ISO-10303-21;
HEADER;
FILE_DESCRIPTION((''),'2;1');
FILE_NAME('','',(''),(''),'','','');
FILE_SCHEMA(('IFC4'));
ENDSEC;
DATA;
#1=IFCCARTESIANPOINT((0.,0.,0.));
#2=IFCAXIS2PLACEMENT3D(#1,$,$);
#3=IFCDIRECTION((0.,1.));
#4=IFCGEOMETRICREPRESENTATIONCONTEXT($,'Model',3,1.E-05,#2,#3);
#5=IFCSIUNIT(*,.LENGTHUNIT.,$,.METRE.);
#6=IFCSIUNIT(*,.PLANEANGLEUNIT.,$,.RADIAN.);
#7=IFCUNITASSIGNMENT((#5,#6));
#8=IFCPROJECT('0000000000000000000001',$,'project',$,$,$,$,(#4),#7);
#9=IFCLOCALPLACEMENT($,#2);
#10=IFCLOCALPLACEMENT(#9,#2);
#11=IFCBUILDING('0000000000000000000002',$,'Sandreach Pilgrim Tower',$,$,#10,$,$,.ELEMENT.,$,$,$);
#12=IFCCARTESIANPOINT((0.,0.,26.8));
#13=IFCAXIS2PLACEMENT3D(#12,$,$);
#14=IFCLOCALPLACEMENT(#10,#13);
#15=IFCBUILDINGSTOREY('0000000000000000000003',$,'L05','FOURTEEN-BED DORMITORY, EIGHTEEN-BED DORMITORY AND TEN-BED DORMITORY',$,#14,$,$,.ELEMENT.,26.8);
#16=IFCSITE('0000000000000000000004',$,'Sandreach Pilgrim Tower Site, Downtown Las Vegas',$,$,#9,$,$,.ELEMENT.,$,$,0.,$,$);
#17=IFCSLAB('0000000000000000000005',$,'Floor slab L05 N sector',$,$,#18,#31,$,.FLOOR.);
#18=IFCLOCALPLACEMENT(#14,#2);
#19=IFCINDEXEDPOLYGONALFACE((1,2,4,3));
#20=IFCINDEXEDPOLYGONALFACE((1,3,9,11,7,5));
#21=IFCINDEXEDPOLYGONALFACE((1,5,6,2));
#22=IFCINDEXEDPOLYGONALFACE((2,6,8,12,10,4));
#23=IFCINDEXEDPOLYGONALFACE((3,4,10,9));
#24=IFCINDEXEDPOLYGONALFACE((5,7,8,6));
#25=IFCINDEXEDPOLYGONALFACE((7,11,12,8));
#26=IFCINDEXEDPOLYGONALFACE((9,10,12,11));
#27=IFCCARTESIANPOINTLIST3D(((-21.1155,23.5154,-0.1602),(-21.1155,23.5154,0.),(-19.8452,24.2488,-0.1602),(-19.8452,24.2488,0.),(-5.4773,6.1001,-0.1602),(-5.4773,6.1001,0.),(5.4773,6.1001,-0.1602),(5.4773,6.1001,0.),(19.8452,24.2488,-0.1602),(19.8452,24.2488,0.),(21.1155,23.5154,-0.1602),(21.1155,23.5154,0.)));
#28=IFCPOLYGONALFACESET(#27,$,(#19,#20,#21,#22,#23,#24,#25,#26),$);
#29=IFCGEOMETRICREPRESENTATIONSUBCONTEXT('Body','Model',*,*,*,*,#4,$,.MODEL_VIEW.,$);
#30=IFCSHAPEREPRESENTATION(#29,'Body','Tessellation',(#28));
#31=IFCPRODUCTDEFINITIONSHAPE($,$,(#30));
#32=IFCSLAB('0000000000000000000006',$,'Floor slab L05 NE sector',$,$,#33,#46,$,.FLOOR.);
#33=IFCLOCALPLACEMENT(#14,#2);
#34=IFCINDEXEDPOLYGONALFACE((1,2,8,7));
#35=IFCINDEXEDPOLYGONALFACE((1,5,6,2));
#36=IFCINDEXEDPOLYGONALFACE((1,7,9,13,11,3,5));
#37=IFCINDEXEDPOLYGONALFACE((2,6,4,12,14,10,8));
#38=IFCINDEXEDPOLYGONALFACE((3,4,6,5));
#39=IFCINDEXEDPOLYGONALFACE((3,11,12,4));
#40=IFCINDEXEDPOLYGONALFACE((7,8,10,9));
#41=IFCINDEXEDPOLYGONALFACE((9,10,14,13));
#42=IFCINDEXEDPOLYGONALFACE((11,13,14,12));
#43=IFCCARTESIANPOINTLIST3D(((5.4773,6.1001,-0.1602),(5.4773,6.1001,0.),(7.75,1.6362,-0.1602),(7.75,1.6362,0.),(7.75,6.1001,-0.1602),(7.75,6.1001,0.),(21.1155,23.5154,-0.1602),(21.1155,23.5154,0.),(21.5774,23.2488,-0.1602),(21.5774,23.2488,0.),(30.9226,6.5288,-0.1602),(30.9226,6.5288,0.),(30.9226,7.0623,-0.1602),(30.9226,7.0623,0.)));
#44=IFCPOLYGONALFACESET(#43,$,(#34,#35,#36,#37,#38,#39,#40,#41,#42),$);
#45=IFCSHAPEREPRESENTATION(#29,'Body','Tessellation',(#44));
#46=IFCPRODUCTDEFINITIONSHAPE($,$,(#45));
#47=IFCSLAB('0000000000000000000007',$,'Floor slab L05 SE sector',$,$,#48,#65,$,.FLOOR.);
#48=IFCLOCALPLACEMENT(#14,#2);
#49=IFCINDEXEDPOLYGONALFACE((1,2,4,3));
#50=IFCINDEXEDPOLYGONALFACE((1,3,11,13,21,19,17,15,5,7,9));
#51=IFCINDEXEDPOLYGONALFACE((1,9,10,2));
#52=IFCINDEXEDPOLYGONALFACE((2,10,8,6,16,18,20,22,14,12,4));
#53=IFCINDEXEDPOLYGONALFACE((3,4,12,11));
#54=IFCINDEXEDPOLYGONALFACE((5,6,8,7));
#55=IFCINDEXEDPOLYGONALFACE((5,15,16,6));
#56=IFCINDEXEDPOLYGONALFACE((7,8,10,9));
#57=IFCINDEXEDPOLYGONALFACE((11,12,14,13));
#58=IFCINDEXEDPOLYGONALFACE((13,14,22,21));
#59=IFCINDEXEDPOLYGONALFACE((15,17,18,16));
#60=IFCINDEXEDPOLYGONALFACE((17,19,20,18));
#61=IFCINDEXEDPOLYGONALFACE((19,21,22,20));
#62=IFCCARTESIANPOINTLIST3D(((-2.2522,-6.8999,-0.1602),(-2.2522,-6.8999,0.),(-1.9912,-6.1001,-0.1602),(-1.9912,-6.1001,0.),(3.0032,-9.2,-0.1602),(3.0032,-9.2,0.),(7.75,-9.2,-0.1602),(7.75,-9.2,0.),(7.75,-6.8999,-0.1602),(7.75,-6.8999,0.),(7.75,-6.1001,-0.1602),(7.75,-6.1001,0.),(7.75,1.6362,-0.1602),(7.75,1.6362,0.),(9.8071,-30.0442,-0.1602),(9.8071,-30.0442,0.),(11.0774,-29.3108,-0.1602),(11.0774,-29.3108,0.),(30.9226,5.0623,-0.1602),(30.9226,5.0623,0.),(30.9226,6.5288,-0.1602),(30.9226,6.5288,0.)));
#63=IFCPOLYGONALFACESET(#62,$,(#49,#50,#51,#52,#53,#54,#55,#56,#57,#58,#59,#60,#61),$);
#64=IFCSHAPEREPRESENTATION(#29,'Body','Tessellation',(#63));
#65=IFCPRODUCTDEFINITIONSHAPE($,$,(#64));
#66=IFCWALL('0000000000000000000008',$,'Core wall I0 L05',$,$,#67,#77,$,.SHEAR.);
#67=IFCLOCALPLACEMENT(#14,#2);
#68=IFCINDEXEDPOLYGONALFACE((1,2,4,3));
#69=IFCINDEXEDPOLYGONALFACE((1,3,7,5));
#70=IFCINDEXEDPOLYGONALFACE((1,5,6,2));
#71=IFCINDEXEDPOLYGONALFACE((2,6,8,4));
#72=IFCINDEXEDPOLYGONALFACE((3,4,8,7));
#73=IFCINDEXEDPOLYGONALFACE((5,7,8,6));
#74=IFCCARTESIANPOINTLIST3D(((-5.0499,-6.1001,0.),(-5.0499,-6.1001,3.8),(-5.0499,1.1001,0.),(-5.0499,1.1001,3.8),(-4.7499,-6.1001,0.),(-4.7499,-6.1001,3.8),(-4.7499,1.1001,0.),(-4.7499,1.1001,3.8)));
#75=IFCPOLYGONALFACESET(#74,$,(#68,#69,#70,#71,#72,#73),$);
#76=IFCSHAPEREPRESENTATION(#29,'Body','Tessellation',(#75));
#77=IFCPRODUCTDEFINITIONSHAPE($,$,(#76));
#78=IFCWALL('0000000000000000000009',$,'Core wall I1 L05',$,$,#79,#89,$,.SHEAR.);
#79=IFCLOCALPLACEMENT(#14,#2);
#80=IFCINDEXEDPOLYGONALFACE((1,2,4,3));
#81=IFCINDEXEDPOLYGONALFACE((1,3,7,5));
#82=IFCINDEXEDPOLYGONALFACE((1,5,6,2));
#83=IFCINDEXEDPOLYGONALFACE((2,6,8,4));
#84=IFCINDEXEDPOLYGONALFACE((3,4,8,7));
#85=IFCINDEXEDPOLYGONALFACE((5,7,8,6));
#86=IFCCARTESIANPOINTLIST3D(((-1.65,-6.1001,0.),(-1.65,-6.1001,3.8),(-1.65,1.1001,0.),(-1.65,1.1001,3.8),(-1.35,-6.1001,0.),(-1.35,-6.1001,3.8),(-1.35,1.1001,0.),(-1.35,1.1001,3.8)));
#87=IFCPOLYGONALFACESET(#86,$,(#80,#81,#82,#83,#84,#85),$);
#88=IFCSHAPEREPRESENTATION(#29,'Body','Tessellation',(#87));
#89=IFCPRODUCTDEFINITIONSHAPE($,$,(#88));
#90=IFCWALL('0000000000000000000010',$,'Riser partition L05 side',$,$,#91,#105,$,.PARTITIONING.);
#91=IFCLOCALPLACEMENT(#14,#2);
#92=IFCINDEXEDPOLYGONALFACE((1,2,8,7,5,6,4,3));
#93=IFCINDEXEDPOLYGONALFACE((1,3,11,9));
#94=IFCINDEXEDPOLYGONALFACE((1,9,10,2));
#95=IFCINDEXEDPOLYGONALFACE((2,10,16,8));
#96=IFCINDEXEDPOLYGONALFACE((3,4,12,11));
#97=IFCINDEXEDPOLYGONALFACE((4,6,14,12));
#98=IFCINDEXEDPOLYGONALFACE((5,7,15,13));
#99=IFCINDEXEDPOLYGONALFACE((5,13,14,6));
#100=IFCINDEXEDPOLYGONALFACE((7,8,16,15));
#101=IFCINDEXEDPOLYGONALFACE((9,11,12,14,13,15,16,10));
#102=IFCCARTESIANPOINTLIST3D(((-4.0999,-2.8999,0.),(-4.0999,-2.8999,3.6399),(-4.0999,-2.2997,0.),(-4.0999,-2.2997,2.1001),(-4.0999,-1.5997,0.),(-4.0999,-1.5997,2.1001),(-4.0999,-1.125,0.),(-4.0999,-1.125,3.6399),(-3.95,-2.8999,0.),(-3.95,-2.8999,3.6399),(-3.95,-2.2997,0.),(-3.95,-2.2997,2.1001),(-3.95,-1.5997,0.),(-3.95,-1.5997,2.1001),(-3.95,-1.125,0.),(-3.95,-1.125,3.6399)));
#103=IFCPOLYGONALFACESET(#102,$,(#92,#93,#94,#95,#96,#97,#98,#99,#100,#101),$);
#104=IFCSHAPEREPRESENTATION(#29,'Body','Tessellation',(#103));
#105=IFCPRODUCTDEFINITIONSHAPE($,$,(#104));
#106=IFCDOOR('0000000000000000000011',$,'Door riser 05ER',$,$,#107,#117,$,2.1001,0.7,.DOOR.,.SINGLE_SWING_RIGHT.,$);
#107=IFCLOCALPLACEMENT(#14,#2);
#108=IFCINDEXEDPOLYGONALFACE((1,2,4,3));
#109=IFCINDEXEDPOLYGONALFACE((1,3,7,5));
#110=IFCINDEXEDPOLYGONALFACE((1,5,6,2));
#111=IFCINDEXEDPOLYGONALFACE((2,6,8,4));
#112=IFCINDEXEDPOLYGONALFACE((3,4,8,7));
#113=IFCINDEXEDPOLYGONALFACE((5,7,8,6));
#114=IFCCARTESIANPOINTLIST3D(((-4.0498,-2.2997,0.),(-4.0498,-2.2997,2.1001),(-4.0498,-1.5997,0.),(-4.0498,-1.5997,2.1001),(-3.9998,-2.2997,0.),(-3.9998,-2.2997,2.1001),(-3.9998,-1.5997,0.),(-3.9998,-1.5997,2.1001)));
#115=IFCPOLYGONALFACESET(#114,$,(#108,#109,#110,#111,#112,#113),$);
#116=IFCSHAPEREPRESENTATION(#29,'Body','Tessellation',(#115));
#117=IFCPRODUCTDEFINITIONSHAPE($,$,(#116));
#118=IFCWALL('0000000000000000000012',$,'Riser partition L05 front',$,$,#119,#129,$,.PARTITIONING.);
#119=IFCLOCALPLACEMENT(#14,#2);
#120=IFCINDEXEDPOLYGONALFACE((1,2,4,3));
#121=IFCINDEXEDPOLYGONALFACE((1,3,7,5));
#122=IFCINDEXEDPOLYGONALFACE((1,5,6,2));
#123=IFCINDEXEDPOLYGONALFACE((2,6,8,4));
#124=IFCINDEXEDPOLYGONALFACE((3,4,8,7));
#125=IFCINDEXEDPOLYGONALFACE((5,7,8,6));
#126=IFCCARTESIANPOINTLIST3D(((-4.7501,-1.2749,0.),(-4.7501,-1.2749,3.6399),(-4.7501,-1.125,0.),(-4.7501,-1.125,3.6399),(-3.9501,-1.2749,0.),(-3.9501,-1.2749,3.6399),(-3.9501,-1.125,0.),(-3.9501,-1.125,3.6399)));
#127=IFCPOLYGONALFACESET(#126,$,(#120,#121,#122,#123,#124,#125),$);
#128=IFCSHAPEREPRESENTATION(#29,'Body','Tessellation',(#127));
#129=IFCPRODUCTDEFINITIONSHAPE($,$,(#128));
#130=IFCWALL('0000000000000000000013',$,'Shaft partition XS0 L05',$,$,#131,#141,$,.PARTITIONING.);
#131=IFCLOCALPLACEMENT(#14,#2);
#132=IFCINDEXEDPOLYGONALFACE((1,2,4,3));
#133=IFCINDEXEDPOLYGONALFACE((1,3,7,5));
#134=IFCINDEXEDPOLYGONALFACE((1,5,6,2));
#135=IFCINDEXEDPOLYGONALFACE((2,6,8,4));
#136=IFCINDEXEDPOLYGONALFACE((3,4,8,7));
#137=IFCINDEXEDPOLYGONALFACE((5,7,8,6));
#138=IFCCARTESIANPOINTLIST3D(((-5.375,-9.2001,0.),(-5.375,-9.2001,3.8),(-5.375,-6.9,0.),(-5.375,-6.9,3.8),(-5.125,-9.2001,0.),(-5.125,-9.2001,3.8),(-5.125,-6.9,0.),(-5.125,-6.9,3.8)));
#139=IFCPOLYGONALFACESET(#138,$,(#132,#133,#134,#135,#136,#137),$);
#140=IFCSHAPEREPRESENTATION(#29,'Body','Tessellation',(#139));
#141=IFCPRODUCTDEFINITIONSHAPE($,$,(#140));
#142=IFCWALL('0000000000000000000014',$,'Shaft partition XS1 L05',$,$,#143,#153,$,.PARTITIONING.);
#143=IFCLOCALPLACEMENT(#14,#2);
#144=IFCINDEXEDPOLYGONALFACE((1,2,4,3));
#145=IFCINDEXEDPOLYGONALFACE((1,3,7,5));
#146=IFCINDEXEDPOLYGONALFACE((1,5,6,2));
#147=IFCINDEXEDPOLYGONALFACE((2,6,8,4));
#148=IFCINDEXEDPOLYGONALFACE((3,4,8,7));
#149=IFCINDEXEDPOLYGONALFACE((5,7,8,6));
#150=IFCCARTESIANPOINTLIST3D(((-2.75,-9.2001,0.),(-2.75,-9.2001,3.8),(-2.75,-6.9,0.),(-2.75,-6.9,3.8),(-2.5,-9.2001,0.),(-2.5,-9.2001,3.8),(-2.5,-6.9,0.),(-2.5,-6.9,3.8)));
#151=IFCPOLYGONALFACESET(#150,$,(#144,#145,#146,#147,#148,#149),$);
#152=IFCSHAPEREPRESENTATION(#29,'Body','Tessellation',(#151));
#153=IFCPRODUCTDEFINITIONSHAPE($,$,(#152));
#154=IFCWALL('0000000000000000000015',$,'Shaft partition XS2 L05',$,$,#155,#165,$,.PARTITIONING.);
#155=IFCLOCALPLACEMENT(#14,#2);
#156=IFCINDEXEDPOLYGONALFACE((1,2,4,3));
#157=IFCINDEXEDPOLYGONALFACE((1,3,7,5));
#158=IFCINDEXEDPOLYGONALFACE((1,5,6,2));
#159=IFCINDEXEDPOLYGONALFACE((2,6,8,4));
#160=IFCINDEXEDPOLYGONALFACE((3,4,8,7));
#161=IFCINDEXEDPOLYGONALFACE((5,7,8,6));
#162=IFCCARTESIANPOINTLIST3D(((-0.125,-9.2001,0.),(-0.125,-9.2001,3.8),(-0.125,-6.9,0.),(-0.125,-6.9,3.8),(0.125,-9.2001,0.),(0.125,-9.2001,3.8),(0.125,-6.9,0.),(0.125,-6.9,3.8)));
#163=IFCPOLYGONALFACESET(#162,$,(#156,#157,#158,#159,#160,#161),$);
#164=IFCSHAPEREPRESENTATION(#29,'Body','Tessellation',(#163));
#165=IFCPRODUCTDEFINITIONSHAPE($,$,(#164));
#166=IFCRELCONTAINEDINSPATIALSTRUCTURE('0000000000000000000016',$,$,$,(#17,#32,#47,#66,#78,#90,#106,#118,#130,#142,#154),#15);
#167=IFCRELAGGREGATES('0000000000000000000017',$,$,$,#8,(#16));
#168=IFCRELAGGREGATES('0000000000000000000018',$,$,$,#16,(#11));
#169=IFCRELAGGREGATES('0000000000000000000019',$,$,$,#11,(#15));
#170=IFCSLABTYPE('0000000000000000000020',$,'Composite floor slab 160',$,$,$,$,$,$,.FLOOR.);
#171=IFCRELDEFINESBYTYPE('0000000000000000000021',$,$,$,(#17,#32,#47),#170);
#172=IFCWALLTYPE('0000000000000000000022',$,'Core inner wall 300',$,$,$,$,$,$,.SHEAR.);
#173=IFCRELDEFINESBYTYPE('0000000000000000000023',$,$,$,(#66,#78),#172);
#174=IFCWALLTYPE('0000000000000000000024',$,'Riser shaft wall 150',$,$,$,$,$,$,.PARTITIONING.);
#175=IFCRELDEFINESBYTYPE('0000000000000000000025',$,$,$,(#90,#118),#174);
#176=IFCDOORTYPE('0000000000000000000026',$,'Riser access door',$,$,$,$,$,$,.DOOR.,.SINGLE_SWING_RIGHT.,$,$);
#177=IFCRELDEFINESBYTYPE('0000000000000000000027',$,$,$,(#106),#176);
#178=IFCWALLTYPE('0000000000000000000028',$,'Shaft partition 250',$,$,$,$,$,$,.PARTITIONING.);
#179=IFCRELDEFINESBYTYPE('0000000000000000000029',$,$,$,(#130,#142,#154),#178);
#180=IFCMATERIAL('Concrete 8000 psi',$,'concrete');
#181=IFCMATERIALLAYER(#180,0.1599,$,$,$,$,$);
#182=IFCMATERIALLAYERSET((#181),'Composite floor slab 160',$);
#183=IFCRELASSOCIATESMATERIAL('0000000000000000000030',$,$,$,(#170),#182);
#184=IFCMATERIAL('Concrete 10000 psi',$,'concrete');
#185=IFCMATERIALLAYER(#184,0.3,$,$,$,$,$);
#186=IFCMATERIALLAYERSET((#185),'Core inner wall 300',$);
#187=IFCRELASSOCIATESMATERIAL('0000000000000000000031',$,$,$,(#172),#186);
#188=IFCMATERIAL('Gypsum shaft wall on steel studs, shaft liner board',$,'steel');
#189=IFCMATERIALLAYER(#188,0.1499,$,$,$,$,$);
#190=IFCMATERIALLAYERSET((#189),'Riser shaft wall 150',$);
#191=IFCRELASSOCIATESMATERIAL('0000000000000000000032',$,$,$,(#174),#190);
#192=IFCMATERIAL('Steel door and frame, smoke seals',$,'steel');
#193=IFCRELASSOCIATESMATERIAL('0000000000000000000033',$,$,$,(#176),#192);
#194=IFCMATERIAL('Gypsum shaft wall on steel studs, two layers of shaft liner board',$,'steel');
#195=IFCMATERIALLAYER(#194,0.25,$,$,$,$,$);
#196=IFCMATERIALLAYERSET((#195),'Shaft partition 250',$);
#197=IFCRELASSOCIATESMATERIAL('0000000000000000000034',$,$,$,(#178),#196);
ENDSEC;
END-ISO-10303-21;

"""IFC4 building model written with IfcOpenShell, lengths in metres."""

from ifc_helpers import new_model, si_unit, direction, frame, frame_2d, origin, place, context, subcontext, project, spatial, polyline, rectangle, outline, extrude, material, layer, layer_set, type_object, element, fill, save


model = new_model("IFC4")

# Units and contexts
model_context = context("Model", 3, precision=1e-05, world=origin(), true_north=direction((0.0, 1.0)))
body_context = subcontext(model_context, "Body", "Model", "MODEL_VIEW")
ifc_project = project(units=[si_unit("LENGTHUNIT", "METRE"), si_unit("PLANEANGLEUNIT", "RADIAN")], contexts=[model_context])

# Site, building, storey
site_placement = place(None, origin())
site = spatial("IfcSite", under=ifc_project, at=site_placement, Name="Sandreach Pilgrim Tower Site, Downtown Las Vegas", CompositionType="ELEMENT", RefElevation=0.0)
building_placement = place(site_placement, origin())
building = spatial("IfcBuilding", under=site, at=building_placement, Name="Sandreach Pilgrim Tower", CompositionType="ELEMENT")
storey_placement = place(building_placement, frame((0.0, 0.0, 26.8)))
storey = spatial("IfcBuildingStorey", under=building, at=storey_placement, Name="L05", Description="FOURTEEN-BED DORMITORY, EIGHTEEN-BED DORMITORY AND TEN-BED DORMITORY", CompositionType="ELEMENT", Elevation=26.8)

# Slabs
ifc_material_1 = material(Name="Concrete 8000 psi", Category="concrete")
ifc_layer_1 = layer(ifc_material_1, 0.1599)
ifc_layer_set_1 = layer_set([ifc_layer_1], Name="Composite floor slab 160")
slab_type = type_object("IfcSlabType", Name="Composite floor slab 160", PredefinedType="FLOOR", material=ifc_layer_set_1)
slab_1_placement = place(storey_placement, frame((0.0, 0.0, -0.1602)))
element("IfcSlab", 1, at=slab_1_placement, inside=storey, type_object=slab_type, Name="Floor slab L05 N sector", PredefinedType="FLOOR", context=body_context, shape_type="SweptSolid", body=[
    extrude(outline(polyline([(-19.8452, 24.2488), (19.8452, 24.2488), (21.1155, 23.5154), (5.4773, 6.1001), (-5.4773, 6.1001), (-21.1155, 23.5154), (-19.8452, 24.2488)])), origin(), (0.0, 0.0, 1.0), 0.1602),
])
slab_2_placement = place(storey_placement, frame((0.0, 0.0, -0.1602)))
element("IfcSlab", 2, at=slab_2_placement, inside=storey, type_object=slab_type, Name="Floor slab L05 NE sector", PredefinedType="FLOOR", context=body_context, shape_type="SweptSolid", body=[
    extrude(outline(polyline([(21.5774, 23.2488), (30.9226, 7.0623), (30.9226, 6.5288), (7.75, 1.6362), (7.75, 6.1001), (5.4773, 6.1001), (21.1155, 23.5154), (21.5774, 23.2488)])), origin(), (0.0, 0.0, 1.0), 0.1602),
])
slab_3_placement = place(storey_placement, frame((0.0, 0.0, -0.1602)))
element("IfcSlab", 3, at=slab_3_placement, inside=storey, type_object=slab_type, Name="Floor slab L05 SE sector", PredefinedType="FLOOR", context=body_context, shape_type="SweptSolid", body=[
    extrude(outline(polyline([(11.0774, -29.3108), (9.8071, -30.0442), (3.0032, -9.2), (7.75, -9.2), (7.75, -6.8999), (-2.2522, -6.8999), (-1.9912, -6.1001), (7.75, -6.1001), (7.75, 1.6362), (30.9226, 6.5288), (30.9226, 5.0623), (11.0774, -29.3108)])), origin(), (0.0, 0.0, 1.0), 0.1602),
])

# Walls
ifc_material_2 = material(Name="Concrete 10000 psi", Category="concrete")
ifc_layer_2 = layer(ifc_material_2, 0.3)
ifc_layer_set_2 = layer_set([ifc_layer_2], Name="Core inner wall 300")
wall_type_1 = type_object("IfcWallType", Name="Core inner wall 300", PredefinedType="SHEAR", material=ifc_layer_set_2)
for number, where, z_axis, x_axis, name in (
    (4, (-4.8999, -6.1001, 0.0), (0.0, 0.0, 1.0), (0.0, 1.0, 0.0), "Core wall I0 L05"),
    (5, (-1.5, -6.1001, 0.0), (0.0, 0.0, 1.0), (0.0, 1.0, 0.0), "Core wall I1 L05"),
):
    element("IfcWall", number, at=place(storey_placement, frame(where, z_axis=z_axis, x_axis=x_axis)), inside=storey, type_object=wall_type_1, Name=name, PredefinedType="SHEAR", context=body_context, shape_type="SweptSolid", body=[
        extrude(rectangle(XDim=7.2002, YDim=0.3, at=frame_2d((3.6001, 0.0))), origin(), (0.0, 0.0, 1.0), 3.8),
    ])

# Wall, opening, door
ifc_material_3 = material(Name="Gypsum shaft wall on steel studs, shaft liner board", Category="steel")
ifc_layer_3 = layer(ifc_material_3, 0.1499)
ifc_layer_set_3 = layer_set([ifc_layer_3], Name="Riser shaft wall 150")
wall_type_2 = type_object("IfcWallType", Name="Riser shaft wall 150", PredefinedType="PARTITIONING", material=ifc_layer_set_3)
wall_1_placement = place(storey_placement, frame((-4.0249, -2.8999, 0.0), z_axis=(0.0, 0.0, 1.0), x_axis=(0.0, 1.0, 0.0)))
wall_1 = element("IfcWall", 6, at=wall_1_placement, inside=storey, type_object=wall_type_2, Name="Riser partition L05 side", PredefinedType="PARTITIONING", context=body_context, shape_type="SweptSolid", body=[
    extrude(rectangle(XDim=1.7749, YDim=0.1499, at=frame_2d((0.8875, 0.0))), origin(), (0.0, 0.0, 1.0), 3.6399),
])
opening_1_placement = place(wall_1_placement, frame((0.6001, 0.0, 0.0)))
opening_1 = element("IfcOpeningElement", 7, at=opening_1_placement, cuts=wall_1, PredefinedType="OPENING", context=body_context, shape_type="SweptSolid", body=[
    extrude(rectangle(XDim=0.7, YDim=2.1001, at=frame_2d((0.3501, 1.05))), frame((0.0, 0.075, 0.0), z_axis=(0.0, -1.0, 0.0), x_axis=(1.0, 0.0, 0.0)), (0.0, 0.0, 1.0), 0.1499),
])
ifc_material_4 = material(Name="Steel door and frame, smoke seals", Category="steel")
door_type_1 = type_object("IfcDoorType", Name="Riser access door", OperationType="SINGLE_SWING_RIGHT", PredefinedType="DOOR", material=ifc_material_4)
door_1_placement = place(opening_1_placement, origin())
door_1 = element("IfcDoor", 8, at=door_1_placement, inside=storey, type_object=door_type_1, Name="Door riser 05ER", OperationType="SINGLE_SWING_RIGHT", OverallHeight=2.1001, OverallWidth=0.7, PredefinedType="DOOR", context=body_context, shape_type="SweptSolid", body=[
    extrude(rectangle(XDim=0.7, YDim=2.1001, at=frame_2d((0.3501, 1.05))), frame((0.0, 0.0249, 0.0), z_axis=(0.0, -1.0, 0.0), x_axis=(1.0, 0.0, 0.0)), (0.0, 0.0, 1.0), 0.05),
])
fill(opening_1, door_1)

# Walls
wall_2_placement = place(storey_placement, frame((-4.75, -1.2, 0.0), z_axis=(0.0, 0.0, 1.0), x_axis=(1.0, 0.0, 0.0)))
element("IfcWall", 9, at=wall_2_placement, inside=storey, type_object=wall_type_2, Name="Riser partition L05 front", PredefinedType="PARTITIONING", context=body_context, shape_type="SweptSolid", body=[
    extrude(rectangle(XDim=0.8, YDim=0.1499, at=frame_2d((0.3999, 0.0))), origin(), (0.0, 0.0, 1.0), 3.6399),
])
ifc_material_5 = material(Name="Gypsum shaft wall on steel studs, two layers of shaft liner board", Category="steel")
ifc_layer_4 = layer(ifc_material_5, 0.25)
ifc_layer_set_4 = layer_set([ifc_layer_4], Name="Shaft partition 250")
wall_type_3 = type_object("IfcWallType", Name="Shaft partition 250", PredefinedType="PARTITIONING", material=ifc_layer_set_4)
for number, where, z_axis, x_axis, name in (
    (10, (-5.25, -9.2, 0.0), (0.0, 0.0, 1.0), (0.0, 1.0, 0.0), "Shaft partition XS0 L05"),
    (11, (-2.625, -9.2, 0.0), (0.0, 0.0, 1.0), (0.0, 1.0, 0.0), "Shaft partition XS1 L05"),
    (12, (0.0, -9.2, 0.0), (0.0, 0.0, 1.0), (0.0, 1.0, 0.0), "Shaft partition XS2 L05"),
):
    element("IfcWall", number, at=place(storey_placement, frame(where, z_axis=z_axis, x_axis=x_axis)), inside=storey, type_object=wall_type_3, Name=name, PredefinedType="PARTITIONING", context=body_context, shape_type="SweptSolid", body=[
        extrude(rectangle(XDim=2.3, YDim=0.25, at=frame_2d((1.1499, 0.0))), origin(), (0.0, 0.0, 1.0), 3.8),
    ])

save(model, "model.ifc")
